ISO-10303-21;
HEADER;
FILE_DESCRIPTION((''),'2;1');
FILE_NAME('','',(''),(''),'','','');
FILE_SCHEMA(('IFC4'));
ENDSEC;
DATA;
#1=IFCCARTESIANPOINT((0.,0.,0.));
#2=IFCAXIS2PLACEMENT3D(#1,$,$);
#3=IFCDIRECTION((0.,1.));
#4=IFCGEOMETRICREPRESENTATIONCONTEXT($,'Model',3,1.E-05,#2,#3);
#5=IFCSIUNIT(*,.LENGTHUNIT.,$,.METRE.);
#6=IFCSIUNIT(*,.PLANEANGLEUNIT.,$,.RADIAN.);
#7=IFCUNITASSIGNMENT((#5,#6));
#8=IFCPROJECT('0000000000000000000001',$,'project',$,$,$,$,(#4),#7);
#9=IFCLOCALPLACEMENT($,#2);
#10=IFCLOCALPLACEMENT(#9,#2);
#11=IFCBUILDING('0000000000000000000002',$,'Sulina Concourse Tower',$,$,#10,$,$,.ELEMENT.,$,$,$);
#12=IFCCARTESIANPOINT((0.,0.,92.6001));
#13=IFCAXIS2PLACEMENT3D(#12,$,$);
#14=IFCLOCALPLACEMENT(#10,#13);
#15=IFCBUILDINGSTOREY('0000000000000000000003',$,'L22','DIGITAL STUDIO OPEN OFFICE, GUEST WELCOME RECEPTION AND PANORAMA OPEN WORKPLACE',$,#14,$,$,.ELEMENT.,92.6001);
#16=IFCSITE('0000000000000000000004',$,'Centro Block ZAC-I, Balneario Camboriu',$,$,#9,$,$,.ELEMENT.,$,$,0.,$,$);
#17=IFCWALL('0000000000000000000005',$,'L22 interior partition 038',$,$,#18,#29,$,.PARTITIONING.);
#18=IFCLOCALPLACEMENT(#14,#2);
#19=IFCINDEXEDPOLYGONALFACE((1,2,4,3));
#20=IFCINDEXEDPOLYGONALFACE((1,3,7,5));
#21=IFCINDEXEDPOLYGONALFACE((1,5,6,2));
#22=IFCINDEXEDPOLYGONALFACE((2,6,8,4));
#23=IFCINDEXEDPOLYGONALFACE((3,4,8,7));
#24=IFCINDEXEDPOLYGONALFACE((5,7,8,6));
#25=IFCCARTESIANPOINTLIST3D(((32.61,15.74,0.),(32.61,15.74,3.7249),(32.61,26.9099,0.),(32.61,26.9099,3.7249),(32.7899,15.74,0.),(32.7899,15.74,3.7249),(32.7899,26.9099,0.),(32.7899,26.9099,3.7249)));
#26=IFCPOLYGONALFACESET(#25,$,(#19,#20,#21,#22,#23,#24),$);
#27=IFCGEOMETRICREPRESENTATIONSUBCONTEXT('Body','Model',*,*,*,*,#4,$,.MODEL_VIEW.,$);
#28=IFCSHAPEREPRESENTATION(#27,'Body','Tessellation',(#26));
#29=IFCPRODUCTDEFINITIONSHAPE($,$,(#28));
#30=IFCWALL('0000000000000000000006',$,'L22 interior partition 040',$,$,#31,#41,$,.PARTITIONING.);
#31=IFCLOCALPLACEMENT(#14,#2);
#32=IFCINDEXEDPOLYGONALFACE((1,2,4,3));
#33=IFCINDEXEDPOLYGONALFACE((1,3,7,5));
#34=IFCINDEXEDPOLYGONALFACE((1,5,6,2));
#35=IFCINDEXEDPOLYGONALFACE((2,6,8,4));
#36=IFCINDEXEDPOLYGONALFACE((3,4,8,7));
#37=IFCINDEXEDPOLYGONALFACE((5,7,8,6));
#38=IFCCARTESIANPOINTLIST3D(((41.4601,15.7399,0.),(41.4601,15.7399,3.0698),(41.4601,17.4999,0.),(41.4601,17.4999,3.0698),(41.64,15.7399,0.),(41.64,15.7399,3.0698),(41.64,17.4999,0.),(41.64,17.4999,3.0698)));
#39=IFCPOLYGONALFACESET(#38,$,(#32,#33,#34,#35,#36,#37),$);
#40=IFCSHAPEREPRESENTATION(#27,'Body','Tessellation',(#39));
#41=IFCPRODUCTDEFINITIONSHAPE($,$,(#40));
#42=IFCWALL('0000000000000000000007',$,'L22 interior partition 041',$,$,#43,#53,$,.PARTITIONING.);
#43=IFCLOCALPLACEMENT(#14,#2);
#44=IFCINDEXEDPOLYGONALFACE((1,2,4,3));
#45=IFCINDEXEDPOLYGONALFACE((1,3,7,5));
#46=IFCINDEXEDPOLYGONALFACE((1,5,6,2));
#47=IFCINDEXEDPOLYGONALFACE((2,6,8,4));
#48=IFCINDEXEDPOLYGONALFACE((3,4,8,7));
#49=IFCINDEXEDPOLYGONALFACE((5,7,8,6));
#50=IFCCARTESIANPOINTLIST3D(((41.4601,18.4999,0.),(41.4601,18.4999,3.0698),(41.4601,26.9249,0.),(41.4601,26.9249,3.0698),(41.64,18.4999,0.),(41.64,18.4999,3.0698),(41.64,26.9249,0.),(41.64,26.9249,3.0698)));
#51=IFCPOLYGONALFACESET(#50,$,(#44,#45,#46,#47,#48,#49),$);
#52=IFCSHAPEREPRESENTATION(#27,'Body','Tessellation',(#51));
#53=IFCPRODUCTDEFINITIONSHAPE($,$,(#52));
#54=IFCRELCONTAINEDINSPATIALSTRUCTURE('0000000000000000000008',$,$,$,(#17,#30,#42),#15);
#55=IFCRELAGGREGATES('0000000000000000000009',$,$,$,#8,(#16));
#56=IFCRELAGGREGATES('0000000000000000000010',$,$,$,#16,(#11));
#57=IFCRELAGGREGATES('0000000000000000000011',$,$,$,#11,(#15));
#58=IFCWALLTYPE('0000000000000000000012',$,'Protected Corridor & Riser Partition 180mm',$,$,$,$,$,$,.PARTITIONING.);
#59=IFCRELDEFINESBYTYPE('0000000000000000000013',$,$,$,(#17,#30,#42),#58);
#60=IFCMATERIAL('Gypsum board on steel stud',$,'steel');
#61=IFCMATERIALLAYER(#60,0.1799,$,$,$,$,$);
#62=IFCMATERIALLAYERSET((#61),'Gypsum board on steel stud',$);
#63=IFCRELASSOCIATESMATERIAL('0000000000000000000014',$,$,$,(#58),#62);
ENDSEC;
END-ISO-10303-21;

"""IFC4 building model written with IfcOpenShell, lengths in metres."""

from ifc_helpers import new_model, si_unit, direction, frame, frame_2d, origin, place, context, subcontext, project, spatial, rectangle, extrude, material, layer, layer_set, type_object, element, save


model = new_model("IFC4")

# Units and contexts
model_context = context("Model", 3, precision=1e-05, world=origin(), true_north=direction((0.0, 1.0)))
body_context = subcontext(model_context, "Body", "Model", "MODEL_VIEW")
ifc_project = project(units=[si_unit("LENGTHUNIT", "METRE"), si_unit("PLANEANGLEUNIT", "RADIAN")], contexts=[model_context])

# Site, building, storey
site_placement = place(None, origin())
site = spatial("IfcSite", under=ifc_project, at=site_placement, Name="Centro Block ZAC-I, Balneario Camboriu", CompositionType="ELEMENT", RefElevation=0.0)
building_placement = place(site_placement, origin())
building = spatial("IfcBuilding", under=site, at=building_placement, Name="Sulina Concourse Tower", CompositionType="ELEMENT")
storey_placement = place(building_placement, frame((0.0, 0.0, 92.6001)))
storey = spatial("IfcBuildingStorey", under=building, at=storey_placement, Name="L22", Description="DIGITAL STUDIO OPEN OFFICE, GUEST WELCOME RECEPTION AND PANORAMA OPEN WORKPLACE", CompositionType="ELEMENT", Elevation=92.6001)

# Shared definitions
ifc_material_1 = material(Name="Gypsum board on steel stud", Category="steel")
ifc_layer_1 = layer(ifc_material_1, 0.1799)
ifc_layer_set_1 = layer_set([ifc_layer_1], Name="Gypsum board on steel stud")
wall_type = type_object("IfcWallType", Name="Protected Corridor & Riser Partition 180mm", PredefinedType="PARTITIONING", material=ifc_layer_set_1)

# Walls
wall_1_placement = place(storey_placement, frame((32.7, 15.74, 0.0), z_axis=(0.0, 0.0, 1.0), x_axis=(0.0, 1.0, 0.0)))
element("IfcWall", 1, at=wall_1_placement, inside=storey, type_object=wall_type, Name="L22 interior partition 038", PredefinedType="PARTITIONING", context=body_context, shape_type="SweptSolid", body=[
    extrude(rectangle(XDim=11.1699, YDim=0.1799, at=frame_2d((5.585, 0.0))), origin(), (0.0, 0.0, 1.0), 3.7249),
])
wall_2_placement = place(storey_placement, frame((41.55, 15.74, 0.0), z_axis=(0.0, 0.0, 1.0), x_axis=(0.0, 1.0, 0.0)))
element("IfcWall", 2, at=wall_2_placement, inside=storey, type_object=wall_type, Name="L22 interior partition 040", PredefinedType="PARTITIONING", context=body_context, shape_type="SweptSolid", body=[
    extrude(rectangle(XDim=1.76, YDim=0.1799, at=frame_2d((0.8799, 0.0))), origin(), (0.0, 0.0, 1.0), 3.0698),
])
wall_3_placement = place(storey_placement, frame((41.55, 18.5, 0.0), z_axis=(0.0, 0.0, 1.0), x_axis=(0.0, 1.0, 0.0)))
element("IfcWall", 3, at=wall_3_placement, inside=storey, type_object=wall_type, Name="L22 interior partition 041", PredefinedType="PARTITIONING", context=body_context, shape_type="SweptSolid", body=[
    extrude(rectangle(XDim=8.425, YDim=0.1799, at=frame_2d((4.2124, 0.0))), origin(), (0.0, 0.0, 1.0), 3.0698),
])

save(model, "model.ifc")
